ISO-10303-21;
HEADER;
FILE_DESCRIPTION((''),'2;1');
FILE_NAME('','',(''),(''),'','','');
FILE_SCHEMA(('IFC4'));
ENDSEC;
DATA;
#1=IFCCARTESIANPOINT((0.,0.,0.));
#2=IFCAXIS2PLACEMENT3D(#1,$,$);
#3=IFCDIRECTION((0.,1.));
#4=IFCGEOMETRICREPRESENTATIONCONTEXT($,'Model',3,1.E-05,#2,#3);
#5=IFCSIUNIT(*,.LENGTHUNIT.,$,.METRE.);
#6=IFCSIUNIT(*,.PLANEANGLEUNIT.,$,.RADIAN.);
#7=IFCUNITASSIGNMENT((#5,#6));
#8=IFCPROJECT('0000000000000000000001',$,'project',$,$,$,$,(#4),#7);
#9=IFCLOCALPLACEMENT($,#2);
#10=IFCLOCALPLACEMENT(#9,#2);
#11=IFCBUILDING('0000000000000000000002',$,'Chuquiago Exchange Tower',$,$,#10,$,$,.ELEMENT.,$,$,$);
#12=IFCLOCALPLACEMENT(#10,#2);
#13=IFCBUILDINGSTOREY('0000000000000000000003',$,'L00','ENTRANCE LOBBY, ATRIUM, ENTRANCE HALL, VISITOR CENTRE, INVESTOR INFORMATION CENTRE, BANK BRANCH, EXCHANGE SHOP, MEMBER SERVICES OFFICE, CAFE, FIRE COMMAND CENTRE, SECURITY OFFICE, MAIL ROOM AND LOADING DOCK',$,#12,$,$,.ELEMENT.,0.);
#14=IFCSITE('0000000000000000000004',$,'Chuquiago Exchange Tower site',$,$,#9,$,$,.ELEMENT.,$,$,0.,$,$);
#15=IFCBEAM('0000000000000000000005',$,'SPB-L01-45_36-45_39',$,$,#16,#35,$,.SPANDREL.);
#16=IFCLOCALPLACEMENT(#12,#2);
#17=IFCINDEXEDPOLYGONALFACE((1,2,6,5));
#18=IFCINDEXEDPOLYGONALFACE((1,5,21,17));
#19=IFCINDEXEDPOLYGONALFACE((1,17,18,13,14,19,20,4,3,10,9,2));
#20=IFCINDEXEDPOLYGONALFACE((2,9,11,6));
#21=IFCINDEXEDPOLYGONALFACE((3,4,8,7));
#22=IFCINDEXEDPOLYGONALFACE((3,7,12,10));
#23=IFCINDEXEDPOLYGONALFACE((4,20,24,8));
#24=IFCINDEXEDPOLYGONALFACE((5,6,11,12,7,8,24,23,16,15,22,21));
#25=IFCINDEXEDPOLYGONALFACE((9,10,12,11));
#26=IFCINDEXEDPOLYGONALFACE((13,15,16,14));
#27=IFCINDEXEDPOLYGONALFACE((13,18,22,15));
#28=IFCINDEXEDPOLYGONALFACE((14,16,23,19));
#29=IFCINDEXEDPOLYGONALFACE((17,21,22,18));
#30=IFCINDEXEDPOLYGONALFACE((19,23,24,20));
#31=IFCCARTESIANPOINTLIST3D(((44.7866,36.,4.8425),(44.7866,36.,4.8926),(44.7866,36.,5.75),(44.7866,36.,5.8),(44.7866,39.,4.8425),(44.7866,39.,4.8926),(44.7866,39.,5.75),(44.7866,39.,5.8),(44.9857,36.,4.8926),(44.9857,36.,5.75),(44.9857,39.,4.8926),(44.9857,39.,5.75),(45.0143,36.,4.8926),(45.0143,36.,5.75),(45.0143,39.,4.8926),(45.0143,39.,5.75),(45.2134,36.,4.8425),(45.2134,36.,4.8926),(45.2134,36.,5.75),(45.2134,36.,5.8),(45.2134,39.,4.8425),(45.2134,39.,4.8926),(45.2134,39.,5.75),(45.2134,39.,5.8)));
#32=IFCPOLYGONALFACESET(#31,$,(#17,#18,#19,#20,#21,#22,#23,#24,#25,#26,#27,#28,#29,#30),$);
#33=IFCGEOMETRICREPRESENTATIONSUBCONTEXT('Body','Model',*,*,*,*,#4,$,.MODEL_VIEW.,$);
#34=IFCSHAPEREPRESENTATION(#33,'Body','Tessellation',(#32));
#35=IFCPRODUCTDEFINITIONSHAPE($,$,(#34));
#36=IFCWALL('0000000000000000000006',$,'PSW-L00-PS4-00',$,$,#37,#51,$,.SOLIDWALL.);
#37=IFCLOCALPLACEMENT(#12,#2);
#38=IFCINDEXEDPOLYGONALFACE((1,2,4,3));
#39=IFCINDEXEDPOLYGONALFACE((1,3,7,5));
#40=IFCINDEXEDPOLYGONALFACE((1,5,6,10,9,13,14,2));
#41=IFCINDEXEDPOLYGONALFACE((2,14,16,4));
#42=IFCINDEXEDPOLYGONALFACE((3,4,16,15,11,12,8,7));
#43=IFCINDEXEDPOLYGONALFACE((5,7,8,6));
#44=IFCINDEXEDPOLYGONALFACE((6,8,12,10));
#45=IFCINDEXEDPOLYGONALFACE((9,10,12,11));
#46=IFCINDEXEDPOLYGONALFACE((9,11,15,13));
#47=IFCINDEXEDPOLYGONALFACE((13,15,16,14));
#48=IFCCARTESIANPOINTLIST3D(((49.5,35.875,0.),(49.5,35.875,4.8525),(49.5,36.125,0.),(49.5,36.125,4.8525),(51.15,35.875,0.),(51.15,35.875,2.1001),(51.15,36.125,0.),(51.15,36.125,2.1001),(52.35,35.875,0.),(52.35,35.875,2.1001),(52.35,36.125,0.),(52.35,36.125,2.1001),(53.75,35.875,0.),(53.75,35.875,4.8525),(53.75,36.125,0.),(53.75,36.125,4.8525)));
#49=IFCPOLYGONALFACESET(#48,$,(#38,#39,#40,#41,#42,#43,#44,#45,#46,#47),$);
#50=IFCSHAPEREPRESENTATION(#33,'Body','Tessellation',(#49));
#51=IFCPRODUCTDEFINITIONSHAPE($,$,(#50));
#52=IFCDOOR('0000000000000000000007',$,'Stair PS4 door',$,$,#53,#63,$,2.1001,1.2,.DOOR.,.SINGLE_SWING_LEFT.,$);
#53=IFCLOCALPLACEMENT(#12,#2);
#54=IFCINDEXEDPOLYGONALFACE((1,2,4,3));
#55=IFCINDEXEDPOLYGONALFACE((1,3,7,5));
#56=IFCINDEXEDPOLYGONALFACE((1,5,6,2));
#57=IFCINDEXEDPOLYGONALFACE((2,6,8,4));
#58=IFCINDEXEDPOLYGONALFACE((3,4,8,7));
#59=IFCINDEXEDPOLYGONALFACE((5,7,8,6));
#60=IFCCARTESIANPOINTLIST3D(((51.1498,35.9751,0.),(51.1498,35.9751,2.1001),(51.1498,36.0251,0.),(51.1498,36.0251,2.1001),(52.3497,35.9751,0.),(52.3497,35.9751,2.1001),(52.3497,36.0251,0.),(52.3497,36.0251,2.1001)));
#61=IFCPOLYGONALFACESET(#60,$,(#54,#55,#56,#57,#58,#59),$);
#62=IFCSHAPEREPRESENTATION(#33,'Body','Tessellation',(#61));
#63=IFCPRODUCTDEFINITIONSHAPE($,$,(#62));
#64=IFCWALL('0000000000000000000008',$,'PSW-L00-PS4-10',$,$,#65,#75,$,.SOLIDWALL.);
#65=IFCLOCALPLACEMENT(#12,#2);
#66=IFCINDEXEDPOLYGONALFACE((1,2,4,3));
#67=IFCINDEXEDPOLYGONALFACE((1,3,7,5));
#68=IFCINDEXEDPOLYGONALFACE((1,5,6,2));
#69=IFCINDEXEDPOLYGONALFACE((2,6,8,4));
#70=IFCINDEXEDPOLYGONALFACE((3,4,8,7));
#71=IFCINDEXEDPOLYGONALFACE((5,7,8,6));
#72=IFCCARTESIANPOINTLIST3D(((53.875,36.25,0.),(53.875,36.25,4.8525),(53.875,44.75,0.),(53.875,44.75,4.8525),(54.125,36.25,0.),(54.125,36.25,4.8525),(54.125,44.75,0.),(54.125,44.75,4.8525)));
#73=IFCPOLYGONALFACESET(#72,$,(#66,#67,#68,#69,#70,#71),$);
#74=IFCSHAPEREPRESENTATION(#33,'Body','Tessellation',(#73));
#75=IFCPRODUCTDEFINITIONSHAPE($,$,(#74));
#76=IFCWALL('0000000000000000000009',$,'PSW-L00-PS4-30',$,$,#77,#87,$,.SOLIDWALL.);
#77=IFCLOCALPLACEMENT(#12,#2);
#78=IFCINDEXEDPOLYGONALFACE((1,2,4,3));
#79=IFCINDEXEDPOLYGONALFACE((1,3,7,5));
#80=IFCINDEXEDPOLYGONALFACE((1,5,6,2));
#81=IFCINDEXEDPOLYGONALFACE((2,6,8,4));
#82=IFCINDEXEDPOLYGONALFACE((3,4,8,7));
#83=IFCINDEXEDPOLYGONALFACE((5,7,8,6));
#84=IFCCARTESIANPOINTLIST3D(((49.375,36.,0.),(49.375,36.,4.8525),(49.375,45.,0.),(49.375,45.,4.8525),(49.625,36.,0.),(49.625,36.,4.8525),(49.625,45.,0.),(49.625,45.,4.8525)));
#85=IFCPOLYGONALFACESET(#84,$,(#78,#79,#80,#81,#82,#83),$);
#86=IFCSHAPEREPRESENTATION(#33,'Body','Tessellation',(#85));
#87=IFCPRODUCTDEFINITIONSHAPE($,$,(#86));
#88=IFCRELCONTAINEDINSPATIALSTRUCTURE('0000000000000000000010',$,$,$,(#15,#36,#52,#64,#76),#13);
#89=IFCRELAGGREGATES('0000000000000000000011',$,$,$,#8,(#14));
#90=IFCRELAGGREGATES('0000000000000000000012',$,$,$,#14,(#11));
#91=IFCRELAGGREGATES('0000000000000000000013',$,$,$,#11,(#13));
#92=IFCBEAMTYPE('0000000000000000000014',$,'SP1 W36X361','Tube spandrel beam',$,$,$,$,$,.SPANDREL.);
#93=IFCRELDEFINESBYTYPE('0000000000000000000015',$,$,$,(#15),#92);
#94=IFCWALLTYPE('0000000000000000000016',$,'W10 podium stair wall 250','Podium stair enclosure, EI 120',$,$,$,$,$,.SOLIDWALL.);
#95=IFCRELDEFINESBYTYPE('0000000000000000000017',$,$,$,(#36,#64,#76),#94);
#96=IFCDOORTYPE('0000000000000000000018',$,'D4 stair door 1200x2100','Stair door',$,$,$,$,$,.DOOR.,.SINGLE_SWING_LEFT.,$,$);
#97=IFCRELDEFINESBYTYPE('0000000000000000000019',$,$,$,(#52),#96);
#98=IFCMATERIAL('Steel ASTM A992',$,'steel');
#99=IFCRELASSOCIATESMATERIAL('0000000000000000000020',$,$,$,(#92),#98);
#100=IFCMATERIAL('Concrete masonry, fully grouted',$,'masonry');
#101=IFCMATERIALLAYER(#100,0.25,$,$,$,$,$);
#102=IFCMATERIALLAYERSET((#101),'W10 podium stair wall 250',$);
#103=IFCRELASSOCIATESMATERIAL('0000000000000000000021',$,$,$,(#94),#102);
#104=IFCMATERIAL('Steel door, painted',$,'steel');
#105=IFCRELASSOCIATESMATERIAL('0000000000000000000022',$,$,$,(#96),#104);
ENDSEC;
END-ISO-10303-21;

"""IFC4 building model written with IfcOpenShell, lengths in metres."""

from ifc_helpers import new_model, si_unit, direction, frame, frame_2d, origin, origin_2d, place, context, subcontext, project, spatial, rectangle, i_section, extrude, material, layer, layer_set, material_profile, profile_set, type_object, element, fill, save


model = new_model("IFC4")

# Units and contexts
model_context = context("Model", 3, precision=1e-05, world=origin(), true_north=direction((0.0, 1.0)))
body_context = subcontext(model_context, "Body", "Model", "MODEL_VIEW")
ifc_project = project(units=[si_unit("LENGTHUNIT", "METRE"), si_unit("PLANEANGLEUNIT", "RADIAN")], contexts=[model_context])

# Site, building, storey
site_placement = place(None, origin())
site = spatial("IfcSite", under=ifc_project, at=site_placement, Name="Chuquiago Exchange Tower site", CompositionType="ELEMENT", RefElevation=0.0)
building_placement = place(site_placement, origin())
building = spatial("IfcBuilding", under=site, at=building_placement, Name="Chuquiago Exchange Tower", CompositionType="ELEMENT")
storey_placement = place(building_placement, origin())
storey = spatial("IfcBuildingStorey", under=building, at=storey_placement, Name="L00", Description="ENTRANCE LOBBY, ATRIUM, ENTRANCE HALL, VISITOR CENTRE, INVESTOR INFORMATION CENTRE, BANK BRANCH, EXCHANGE SHOP, MEMBER SERVICES OFFICE, CAFE, FIRE COMMAND CENTRE, SECURITY OFFICE, MAIL ROOM AND LOADING DOCK", CompositionType="ELEMENT", Elevation=0.0)

# Beam
ifc_material_1 = material(Name="Steel ASTM A992", Category="steel")
ifc_material_profile_1 = material_profile(ifc_material_1, i_section(OverallWidth=0.4268, OverallDepth=0.9575, WebThickness=0.0286, FlangeThickness=0.05, at=origin_2d()), Name="W36X361")
ifc_profile_set_1 = profile_set([ifc_material_profile_1], Name="Steel ASTM A992")
beam_type_1 = type_object("IfcBeamType", Name="SP1 W36X361", Description="Tube spandrel beam", PredefinedType="SPANDREL", material=ifc_profile_set_1)
for number, where, z_axis, x_axis, name in (
    (1, (45.0, 36.0, 5.3213), (0.0, 1.0, 0.0), (-1.0, 0.0, 0.0), "SPB-L01-45_36-45_39"),
):
    element("IfcBeam", number, at=place(storey_placement, frame(where, z_axis=z_axis, x_axis=x_axis)), inside=storey, type_object=beam_type_1, Name=name, PredefinedType="SPANDREL", context=body_context, shape_type="SweptSolid", body=[
        extrude(i_section(OverallWidth=0.4268, OverallDepth=0.9575, WebThickness=0.0286, FlangeThickness=0.05, at=origin_2d()), origin(), (0.0, 0.0, 1.0), 3.0),
    ])

# Wall, opening, door
ifc_material_2 = material(Name="Concrete masonry, fully grouted", Category="masonry")
ifc_layer = layer(ifc_material_2, 0.25)
ifc_layer_set = layer_set([ifc_layer], Name="W10 podium stair wall 250")
wall_type = type_object("IfcWallType", Name="W10 podium stair wall 250", Description="Podium stair enclosure, EI 120", PredefinedType="SOLIDWALL", material=ifc_layer_set)
wall_1_placement = place(storey_placement, frame((49.5, 36.0, 0.0), z_axis=(0.0, 0.0, 1.0), x_axis=(1.0, 0.0, 0.0)))
wall_1 = element("IfcWall", 2, at=wall_1_placement, inside=storey, type_object=wall_type, Name="PSW-L00-PS4-00", PredefinedType="SOLIDWALL", context=body_context, shape_type="SweptSolid", body=[
    extrude(rectangle(XDim=4.25, YDim=0.25, at=frame_2d((2.125, 0.0))), origin(), (0.0, 0.0, 1.0), 4.8525),
])
opening_placement = place(wall_1_placement, frame((1.6499, 0.0, 0.0)))
opening = element("IfcOpeningElement", 3, at=opening_placement, cuts=wall_1, PredefinedType="OPENING", context=body_context, shape_type="SweptSolid", body=[
    extrude(rectangle(XDim=1.2, YDim=2.1001, at=frame_2d((0.6001, 1.05))), frame((0.0, 0.135, 0.0), z_axis=(0.0, -1.0, 0.0), x_axis=(1.0, 0.0, 0.0)), (0.0, 0.0, 1.0), 0.27),
])
ifc_material_3 = material(Name="Steel door, painted", Category="steel")
door_type = type_object("IfcDoorType", Name="D4 stair door 1200x2100", Description="Stair door", OperationType="SINGLE_SWING_LEFT", PredefinedType="DOOR", material=ifc_material_3)
door_placement = place(opening_placement, frame((1.2, 0.0, 0.0), z_axis=(0.0, 0.0, 1.0), x_axis=(-1.0, 0.0, 0.0)))
door = element("IfcDoor", 4, at=door_placement, inside=storey, type_object=door_type, Name="Stair PS4 door", OperationType="SINGLE_SWING_LEFT", OverallHeight=2.1001, OverallWidth=1.2, PredefinedType="DOOR", context=body_context, shape_type="SweptSolid", body=[
    extrude(rectangle(XDim=1.2, YDim=2.1001, at=frame_2d((0.6001, 1.05))), frame((0.0, 0.0249, 0.0), z_axis=(0.0, -1.0, 0.0), x_axis=(1.0, 0.0, 0.0)), (0.0, 0.0, 1.0), 0.05),
])
fill(opening, door)

# Walls
wall_2_placement = place(storey_placement, frame((54.0, 36.25, 0.0), z_axis=(0.0, 0.0, 1.0), x_axis=(0.0, 1.0, 0.0)))
element("IfcWall", 5, at=wall_2_placement, inside=storey, type_object=wall_type, Name="PSW-L00-PS4-10", PredefinedType="SOLIDWALL", context=body_context, shape_type="SweptSolid", body=[
    extrude(rectangle(XDim=8.5, YDim=0.25, at=frame_2d((4.25, 0.0))), origin(), (0.0, 0.0, 1.0), 4.8525),
])
wall_3_placement = place(storey_placement, frame((49.5, 36.0, 0.0), z_axis=(0.0, 0.0, 1.0), x_axis=(0.0, 1.0, 0.0)))
element("IfcWall", 6, at=wall_3_placement, inside=storey, type_object=wall_type, Name="PSW-L00-PS4-30", PredefinedType="SOLIDWALL", context=body_context, shape_type="SweptSolid", body=[
    extrude(rectangle(XDim=9.0, YDim=0.25, at=frame_2d((4.5, 0.0))), origin(), (0.0, 0.0, 1.0), 4.8525),
])

save(model, "model.ifc")
